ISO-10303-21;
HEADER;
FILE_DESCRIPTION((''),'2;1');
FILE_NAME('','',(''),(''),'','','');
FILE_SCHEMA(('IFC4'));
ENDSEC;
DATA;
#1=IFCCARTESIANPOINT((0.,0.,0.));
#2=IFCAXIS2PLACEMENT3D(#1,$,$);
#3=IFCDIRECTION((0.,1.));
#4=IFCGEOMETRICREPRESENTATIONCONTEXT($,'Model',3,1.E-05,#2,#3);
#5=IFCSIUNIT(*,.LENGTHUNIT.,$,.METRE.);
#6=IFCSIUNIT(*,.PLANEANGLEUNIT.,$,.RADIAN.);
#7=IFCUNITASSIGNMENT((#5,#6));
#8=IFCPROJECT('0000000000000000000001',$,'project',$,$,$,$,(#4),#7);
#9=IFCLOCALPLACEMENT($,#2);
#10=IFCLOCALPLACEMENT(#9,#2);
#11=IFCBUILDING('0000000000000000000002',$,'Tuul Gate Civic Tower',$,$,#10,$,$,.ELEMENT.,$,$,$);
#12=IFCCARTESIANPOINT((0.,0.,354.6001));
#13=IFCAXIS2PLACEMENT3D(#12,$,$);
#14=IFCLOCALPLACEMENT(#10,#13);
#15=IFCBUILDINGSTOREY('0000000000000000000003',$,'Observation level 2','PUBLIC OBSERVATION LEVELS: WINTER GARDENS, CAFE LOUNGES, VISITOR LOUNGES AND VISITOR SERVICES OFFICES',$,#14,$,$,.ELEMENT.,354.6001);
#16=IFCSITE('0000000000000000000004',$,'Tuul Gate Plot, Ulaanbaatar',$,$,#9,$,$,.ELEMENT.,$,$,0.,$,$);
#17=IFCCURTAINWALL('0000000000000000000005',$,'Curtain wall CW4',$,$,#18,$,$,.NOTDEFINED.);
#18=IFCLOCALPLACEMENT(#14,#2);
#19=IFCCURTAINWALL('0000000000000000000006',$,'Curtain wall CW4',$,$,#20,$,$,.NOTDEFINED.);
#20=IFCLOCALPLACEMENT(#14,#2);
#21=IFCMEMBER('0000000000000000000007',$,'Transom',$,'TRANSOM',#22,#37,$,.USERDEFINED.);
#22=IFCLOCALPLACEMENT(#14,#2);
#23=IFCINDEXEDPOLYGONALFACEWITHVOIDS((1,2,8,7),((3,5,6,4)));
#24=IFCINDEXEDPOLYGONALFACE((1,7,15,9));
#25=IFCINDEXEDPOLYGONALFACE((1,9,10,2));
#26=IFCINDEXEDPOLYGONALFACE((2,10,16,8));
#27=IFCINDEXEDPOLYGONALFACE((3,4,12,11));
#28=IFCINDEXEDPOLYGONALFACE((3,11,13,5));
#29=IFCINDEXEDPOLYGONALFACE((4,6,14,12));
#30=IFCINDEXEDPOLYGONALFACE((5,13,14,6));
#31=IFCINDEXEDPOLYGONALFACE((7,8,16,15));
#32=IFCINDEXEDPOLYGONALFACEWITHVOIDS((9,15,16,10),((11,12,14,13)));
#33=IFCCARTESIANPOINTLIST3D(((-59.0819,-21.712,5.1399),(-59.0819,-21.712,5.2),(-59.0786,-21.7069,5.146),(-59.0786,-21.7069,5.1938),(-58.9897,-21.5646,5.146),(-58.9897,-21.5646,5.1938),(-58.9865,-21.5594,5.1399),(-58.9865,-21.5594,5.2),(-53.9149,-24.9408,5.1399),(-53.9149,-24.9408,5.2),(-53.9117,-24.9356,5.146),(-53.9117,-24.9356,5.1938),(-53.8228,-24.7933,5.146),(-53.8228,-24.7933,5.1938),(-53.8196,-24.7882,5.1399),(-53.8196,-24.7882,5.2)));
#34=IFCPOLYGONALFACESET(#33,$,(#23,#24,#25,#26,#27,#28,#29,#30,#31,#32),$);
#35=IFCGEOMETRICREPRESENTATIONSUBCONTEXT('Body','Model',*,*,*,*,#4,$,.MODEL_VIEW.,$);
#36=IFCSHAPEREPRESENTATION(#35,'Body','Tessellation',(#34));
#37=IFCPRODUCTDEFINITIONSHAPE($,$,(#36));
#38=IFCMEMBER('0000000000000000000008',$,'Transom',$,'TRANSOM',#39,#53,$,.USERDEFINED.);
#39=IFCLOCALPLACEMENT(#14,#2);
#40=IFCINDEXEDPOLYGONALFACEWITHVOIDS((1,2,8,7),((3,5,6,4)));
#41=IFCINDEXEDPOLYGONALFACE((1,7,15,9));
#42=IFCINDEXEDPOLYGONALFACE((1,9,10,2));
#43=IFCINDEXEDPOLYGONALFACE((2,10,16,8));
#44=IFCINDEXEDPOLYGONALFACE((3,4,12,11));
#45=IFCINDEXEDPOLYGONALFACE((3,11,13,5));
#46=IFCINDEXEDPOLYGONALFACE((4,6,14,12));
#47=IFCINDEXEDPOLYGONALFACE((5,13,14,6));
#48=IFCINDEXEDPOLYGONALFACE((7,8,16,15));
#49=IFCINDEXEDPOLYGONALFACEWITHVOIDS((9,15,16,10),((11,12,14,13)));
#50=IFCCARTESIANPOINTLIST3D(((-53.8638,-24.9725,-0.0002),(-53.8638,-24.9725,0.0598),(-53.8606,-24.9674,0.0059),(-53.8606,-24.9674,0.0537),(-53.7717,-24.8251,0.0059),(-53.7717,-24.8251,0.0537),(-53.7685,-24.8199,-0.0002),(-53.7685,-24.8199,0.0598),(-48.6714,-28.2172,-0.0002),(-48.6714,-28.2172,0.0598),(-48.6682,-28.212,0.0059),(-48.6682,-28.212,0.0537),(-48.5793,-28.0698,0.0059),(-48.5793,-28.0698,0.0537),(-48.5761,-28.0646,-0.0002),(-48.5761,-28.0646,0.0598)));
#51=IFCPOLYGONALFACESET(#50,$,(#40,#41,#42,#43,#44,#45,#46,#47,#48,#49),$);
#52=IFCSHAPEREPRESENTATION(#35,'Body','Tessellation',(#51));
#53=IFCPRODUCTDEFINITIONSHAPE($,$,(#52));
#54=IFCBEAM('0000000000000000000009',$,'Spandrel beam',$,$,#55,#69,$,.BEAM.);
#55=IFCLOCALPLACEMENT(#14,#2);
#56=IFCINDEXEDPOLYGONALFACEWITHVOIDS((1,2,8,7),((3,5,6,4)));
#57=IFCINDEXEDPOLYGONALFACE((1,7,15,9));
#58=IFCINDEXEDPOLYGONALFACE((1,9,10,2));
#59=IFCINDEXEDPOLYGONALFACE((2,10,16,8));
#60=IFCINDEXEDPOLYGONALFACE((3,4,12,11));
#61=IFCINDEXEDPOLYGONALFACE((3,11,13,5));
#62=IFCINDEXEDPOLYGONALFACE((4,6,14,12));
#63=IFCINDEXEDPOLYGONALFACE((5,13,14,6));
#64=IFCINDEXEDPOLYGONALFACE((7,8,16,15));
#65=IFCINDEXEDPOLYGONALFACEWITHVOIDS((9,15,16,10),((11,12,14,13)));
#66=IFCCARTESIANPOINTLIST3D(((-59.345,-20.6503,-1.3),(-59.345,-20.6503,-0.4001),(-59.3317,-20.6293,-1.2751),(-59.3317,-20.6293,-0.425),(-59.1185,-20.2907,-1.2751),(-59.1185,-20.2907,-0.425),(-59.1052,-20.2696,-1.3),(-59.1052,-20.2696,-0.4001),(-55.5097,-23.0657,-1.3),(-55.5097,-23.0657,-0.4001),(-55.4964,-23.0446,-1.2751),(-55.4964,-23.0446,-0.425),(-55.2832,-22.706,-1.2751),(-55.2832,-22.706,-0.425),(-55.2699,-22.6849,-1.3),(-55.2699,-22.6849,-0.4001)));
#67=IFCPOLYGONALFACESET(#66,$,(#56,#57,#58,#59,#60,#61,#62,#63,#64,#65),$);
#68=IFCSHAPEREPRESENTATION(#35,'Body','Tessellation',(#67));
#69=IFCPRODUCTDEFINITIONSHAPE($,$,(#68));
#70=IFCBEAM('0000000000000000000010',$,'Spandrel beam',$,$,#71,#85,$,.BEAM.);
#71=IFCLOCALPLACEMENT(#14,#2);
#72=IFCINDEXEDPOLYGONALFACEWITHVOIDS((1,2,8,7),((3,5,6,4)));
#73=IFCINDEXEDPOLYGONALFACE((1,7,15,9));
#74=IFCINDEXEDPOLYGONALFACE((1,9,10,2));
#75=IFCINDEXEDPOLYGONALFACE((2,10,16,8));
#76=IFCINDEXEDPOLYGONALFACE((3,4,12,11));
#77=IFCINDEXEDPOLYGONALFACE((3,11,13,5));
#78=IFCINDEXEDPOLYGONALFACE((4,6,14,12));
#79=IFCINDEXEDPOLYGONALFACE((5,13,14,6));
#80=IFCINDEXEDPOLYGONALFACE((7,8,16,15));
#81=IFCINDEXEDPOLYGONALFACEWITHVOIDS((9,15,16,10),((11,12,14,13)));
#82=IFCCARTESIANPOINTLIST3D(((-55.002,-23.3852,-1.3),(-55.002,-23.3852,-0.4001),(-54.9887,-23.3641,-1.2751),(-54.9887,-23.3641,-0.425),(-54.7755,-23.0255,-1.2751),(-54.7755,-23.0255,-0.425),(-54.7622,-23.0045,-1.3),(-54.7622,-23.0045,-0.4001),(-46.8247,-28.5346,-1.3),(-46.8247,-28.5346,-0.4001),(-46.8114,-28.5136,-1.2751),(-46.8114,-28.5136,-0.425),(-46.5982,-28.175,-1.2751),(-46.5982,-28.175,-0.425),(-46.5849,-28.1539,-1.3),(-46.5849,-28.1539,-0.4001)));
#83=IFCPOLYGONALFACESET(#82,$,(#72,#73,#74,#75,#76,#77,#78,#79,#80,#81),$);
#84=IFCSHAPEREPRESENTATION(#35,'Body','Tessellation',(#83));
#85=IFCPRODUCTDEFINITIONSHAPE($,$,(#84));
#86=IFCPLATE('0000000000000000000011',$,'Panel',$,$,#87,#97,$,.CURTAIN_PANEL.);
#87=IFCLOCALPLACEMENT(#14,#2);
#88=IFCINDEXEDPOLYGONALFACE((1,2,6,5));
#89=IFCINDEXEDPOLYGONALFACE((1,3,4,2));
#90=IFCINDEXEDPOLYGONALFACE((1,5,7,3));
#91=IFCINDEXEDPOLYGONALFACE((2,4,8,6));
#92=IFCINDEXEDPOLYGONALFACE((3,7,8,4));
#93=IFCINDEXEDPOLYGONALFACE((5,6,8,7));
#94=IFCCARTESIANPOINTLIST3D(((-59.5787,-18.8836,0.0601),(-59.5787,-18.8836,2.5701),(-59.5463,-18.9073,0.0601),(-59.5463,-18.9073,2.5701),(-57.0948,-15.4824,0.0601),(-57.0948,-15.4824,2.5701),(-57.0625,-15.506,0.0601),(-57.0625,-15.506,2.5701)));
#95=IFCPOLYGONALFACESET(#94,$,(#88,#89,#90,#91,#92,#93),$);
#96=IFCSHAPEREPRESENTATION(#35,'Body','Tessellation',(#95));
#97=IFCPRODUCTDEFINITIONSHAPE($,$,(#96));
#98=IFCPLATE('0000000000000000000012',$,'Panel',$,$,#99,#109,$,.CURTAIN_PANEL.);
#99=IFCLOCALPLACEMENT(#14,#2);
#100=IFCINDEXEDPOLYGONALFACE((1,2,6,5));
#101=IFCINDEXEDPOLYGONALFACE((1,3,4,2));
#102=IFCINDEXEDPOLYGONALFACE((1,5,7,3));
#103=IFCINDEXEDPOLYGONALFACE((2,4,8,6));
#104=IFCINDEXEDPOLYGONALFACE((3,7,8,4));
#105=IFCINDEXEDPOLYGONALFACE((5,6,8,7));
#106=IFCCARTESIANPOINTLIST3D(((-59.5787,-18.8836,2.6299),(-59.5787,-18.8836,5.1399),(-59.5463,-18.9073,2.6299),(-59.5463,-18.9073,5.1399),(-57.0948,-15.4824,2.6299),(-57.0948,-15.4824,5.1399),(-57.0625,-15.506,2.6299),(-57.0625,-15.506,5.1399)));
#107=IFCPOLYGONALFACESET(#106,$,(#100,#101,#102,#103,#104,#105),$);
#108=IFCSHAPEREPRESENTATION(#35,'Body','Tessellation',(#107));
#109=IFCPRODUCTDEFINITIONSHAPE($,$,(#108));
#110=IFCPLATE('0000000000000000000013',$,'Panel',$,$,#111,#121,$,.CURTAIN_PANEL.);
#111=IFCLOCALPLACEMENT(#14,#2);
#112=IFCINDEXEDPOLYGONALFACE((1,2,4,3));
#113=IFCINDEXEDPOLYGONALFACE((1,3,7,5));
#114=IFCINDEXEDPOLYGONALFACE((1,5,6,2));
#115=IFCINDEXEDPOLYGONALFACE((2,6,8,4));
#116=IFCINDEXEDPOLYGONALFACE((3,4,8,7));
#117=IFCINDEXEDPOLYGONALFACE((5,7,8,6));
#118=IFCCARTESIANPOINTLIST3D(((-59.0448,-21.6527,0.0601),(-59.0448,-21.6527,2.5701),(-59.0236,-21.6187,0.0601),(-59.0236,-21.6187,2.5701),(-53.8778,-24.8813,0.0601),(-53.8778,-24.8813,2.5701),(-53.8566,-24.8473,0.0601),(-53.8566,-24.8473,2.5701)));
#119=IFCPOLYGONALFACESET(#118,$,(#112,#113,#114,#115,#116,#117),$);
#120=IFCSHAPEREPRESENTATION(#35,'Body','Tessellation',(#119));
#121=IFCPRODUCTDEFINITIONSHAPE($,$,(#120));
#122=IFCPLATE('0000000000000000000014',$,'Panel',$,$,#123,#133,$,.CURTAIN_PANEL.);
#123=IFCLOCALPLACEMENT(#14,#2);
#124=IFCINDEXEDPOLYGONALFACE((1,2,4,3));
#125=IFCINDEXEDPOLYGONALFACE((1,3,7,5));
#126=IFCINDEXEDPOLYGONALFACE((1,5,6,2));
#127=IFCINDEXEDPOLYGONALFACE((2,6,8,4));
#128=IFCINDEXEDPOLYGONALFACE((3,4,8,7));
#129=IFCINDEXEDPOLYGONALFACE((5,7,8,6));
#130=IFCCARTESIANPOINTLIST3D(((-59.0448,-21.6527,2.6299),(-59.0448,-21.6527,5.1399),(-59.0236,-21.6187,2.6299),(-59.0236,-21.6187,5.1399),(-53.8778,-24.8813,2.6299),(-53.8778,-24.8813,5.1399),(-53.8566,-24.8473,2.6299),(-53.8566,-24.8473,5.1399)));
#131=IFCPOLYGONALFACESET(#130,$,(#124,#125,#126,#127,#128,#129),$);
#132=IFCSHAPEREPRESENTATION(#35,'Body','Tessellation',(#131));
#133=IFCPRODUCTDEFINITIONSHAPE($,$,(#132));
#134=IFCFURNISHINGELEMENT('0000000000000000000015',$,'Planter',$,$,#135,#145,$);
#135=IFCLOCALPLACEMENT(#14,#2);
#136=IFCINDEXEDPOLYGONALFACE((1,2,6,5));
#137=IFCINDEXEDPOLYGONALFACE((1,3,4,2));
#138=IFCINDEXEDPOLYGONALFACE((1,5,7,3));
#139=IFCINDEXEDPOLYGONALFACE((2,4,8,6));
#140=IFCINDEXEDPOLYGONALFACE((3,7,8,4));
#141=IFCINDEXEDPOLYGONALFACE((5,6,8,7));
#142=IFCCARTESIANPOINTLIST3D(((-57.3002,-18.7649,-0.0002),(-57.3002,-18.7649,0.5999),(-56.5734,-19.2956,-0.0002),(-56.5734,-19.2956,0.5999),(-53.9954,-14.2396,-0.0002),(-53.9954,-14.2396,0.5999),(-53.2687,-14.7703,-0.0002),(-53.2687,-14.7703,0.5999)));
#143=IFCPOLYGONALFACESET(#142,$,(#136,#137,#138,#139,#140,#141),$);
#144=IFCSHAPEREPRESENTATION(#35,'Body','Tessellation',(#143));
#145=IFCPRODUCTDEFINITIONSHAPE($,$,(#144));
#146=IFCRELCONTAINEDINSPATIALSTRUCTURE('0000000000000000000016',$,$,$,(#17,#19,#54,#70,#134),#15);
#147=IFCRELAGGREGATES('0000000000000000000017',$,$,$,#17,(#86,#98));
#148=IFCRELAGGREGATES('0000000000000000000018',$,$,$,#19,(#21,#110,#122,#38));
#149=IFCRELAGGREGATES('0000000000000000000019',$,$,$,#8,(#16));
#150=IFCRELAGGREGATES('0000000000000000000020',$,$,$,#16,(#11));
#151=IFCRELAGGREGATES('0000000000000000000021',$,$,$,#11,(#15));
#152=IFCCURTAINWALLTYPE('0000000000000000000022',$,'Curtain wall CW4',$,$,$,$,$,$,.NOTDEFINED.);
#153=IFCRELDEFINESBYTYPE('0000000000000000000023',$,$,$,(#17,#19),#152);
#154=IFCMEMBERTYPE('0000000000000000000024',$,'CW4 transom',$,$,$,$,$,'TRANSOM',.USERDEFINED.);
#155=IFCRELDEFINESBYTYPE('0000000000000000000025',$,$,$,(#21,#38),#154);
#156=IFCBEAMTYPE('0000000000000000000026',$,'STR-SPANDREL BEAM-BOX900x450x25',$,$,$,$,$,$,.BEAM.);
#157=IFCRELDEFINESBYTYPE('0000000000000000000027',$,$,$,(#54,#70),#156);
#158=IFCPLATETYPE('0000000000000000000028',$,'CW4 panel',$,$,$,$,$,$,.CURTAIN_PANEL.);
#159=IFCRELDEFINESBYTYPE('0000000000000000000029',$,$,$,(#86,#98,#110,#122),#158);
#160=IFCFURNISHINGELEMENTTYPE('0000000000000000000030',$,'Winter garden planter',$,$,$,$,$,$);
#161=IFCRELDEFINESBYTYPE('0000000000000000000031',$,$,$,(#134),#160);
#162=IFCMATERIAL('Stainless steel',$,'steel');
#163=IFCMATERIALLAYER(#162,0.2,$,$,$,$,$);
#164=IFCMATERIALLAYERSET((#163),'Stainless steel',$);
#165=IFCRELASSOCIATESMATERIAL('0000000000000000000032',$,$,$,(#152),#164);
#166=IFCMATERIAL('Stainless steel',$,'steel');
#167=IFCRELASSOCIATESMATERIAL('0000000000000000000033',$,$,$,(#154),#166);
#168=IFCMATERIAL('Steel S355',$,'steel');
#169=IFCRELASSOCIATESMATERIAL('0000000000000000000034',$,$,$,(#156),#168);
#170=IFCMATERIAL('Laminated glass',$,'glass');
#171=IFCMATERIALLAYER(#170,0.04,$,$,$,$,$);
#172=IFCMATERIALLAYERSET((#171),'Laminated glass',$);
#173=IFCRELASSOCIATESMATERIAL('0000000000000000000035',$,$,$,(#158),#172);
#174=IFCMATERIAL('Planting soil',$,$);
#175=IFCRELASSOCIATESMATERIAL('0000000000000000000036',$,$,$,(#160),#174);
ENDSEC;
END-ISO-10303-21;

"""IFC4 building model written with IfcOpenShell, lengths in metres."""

from ifc_helpers import new_model, si_unit, direction, frame, origin, origin_2d, place, context, subcontext, project, spatial, rectangle, hollow_rectangle, extrude, material, layer, layer_set, material_profile, profile_set, type_object, element, aggregate, save


model = new_model("IFC4")

# Units and contexts
model_context = context("Model", 3, precision=1e-05, world=origin(), true_north=direction((0.0, 1.0)))
body_context = subcontext(model_context, "Body", "Model", "MODEL_VIEW")
ifc_project = project(units=[si_unit("LENGTHUNIT", "METRE"), si_unit("PLANEANGLEUNIT", "RADIAN")], contexts=[model_context])

# Site, building, storey
site_placement = place(None, origin())
site = spatial("IfcSite", under=ifc_project, at=site_placement, Name="Tuul Gate Plot, Ulaanbaatar", CompositionType="ELEMENT", RefElevation=0.0)
building_placement = place(site_placement, origin())
building = spatial("IfcBuilding", under=site, at=building_placement, Name="Tuul Gate Civic Tower", CompositionType="ELEMENT")
storey_placement = place(building_placement, frame((0.0, 0.0, 354.6001)))
storey = spatial("IfcBuildingStorey", under=building, at=storey_placement, Name="Observation level 2", Description="PUBLIC OBSERVATION LEVELS: WINTER GARDENS, CAFE LOUNGES, VISITOR LOUNGES AND VISITOR SERVICES OFFICES", CompositionType="ELEMENT", Elevation=354.6001)

# Curtain walls
ifc_material_1 = material(Name="Stainless steel", Category="steel")
ifc_layer_1 = layer(ifc_material_1, 0.2)
ifc_layer_set_1 = layer_set([ifc_layer_1], Name="Stainless steel")
curtain_wall_type = type_object("IfcCurtainWallType", Name="Curtain wall CW4", PredefinedType="NOTDEFINED", material=ifc_layer_set_1)
curtain_wall_1_placement = place(storey_placement, origin())
curtain_wall_1 = element("IfcCurtainWall", 1, at=curtain_wall_1_placement, inside=storey, type_object=curtain_wall_type, Name="Curtain wall CW4", PredefinedType="NOTDEFINED")
curtain_wall_2_placement = place(storey_placement, origin())
curtain_wall_2 = element("IfcCurtainWall", 2, at=curtain_wall_2_placement, inside=storey, type_object=curtain_wall_type, Name="Curtain wall CW4", PredefinedType="NOTDEFINED")

# Members
ifc_material_2 = material(Name="Stainless steel", Category="steel")
ifc_material_profile_1 = material_profile(ifc_material_2, hollow_rectangle(XDim=0.1799, YDim=0.0601, WallThickness=0.0061, at=origin_2d()), Name="CW4 transom")
ifc_profile_set_1 = profile_set([ifc_material_profile_1], Name="Stainless steel")
member_type_1 = type_object("IfcMemberType", Name="CW4 transom", ElementType="TRANSOM", PredefinedType="USERDEFINED", material=ifc_profile_set_1)
member_1_placement = place(storey_placement, frame((-59.0342, -21.6357, 5.1699), z_axis=(0.848043, -0.529927, 0.0), x_axis=(0.529927, 0.848043, 0.0)))
member_1 = element("IfcMember", 3, at=member_1_placement, type_object=member_type_1, Name="Transom", ObjectType="TRANSOM", PredefinedType="USERDEFINED", context=body_context, shape_type="SweptSolid", body=[
    extrude(hollow_rectangle(XDim=0.1799, YDim=0.0601, WallThickness=0.0061, at=origin_2d()), origin(), (0.0, 0.0, 1.0), 6.0928),
])
member_2_placement = place(storey_placement, frame((-53.8162, -24.8962, 0.0298), z_axis=(0.848043, -0.529927, 0.0), x_axis=(0.529927, 0.848043, 0.0)))
member_2 = element("IfcMember", 4, at=member_2_placement, type_object=member_type_1, Name="Transom", ObjectType="TRANSOM", PredefinedType="USERDEFINED", context=body_context, shape_type="SweptSolid", body=[
    extrude(hollow_rectangle(XDim=0.1799, YDim=0.0601, WallThickness=0.0061, at=origin_2d()), origin(), (0.0, 0.0, 1.0), 6.1228),
])

# Beams
ifc_material_3 = material(Name="Steel S355", Category="steel")
ifc_material_profile_2 = material_profile(ifc_material_3, hollow_rectangle(XDim=0.45, YDim=0.8999, WallThickness=0.0249, at=origin_2d()), Name="BOX900x450x25")
ifc_profile_set_2 = profile_set([ifc_material_profile_2], Name="Steel S355")
beam_type = type_object("IfcBeamType", Name="STR-SPANDREL BEAM-BOX900x450x25", PredefinedType="BEAM", material=ifc_profile_set_2)
beam_1_placement = place(storey_placement, frame((-59.2251, -20.46, -0.8501), z_axis=(0.846181, -0.532896, 0.0), x_axis=(0.532896, 0.846181, 0.0)))
element("IfcBeam", 5, at=beam_1_placement, inside=storey, type_object=beam_type, Name="Spandrel beam", PredefinedType="BEAM", context=body_context, shape_type="SweptSolid", body=[
    extrude(hollow_rectangle(XDim=0.45, YDim=0.8999, WallThickness=0.0249, at=origin_2d()), origin(), (0.0, 0.0, 1.0), 4.5325),
])
beam_2_placement = place(storey_placement, frame((-54.8821, -23.1948, -0.8501), z_axis=(0.846197, -0.532871, 0.0), x_axis=(0.532871, 0.846197, 0.0)))
element("IfcBeam", 6, at=beam_2_placement, inside=storey, type_object=beam_type, Name="Spandrel beam", PredefinedType="BEAM", context=body_context, shape_type="SweptSolid", body=[
    extrude(hollow_rectangle(XDim=0.45, YDim=0.8999, WallThickness=0.0249, at=origin_2d()), origin(), (0.0, 0.0, 1.0), 9.6636),
])

# Plates
ifc_material_4 = material(Name="Laminated glass", Category="glass")
ifc_layer_2 = layer(ifc_material_4, 0.04)
ifc_layer_set_2 = layer_set([ifc_layer_2], Name="Laminated glass")
plate_type = type_object("IfcPlateType", Name="CW4 panel", PredefinedType="CURTAIN_PANEL", material=ifc_layer_set_2)
plate_1_placement = place(storey_placement, frame((-58.3206, -17.1948, 0.0601), z_axis=(0.0, 0.0, 1.0), x_axis=(-0.58976, -0.807578, 0.0)))
plate_1 = element("IfcPlate", 7, at=plate_1_placement, type_object=plate_type, Name="Panel", PredefinedType="CURTAIN_PANEL", context=body_context, shape_type="SweptSolid", body=[
    extrude(rectangle(XDim=4.2117, YDim=0.04, at=origin_2d()), origin(), (0.0, 0.0, 1.0), 2.51),
])
plate_2_placement = place(storey_placement, frame((-58.3206, -17.1948, 2.6299), z_axis=(0.0, 0.0, 1.0), x_axis=(-0.58976, -0.807578, 0.0)))
plate_2 = element("IfcPlate", 8, at=plate_2_placement, type_object=plate_type, Name="Panel", PredefinedType="CURTAIN_PANEL", context=body_context, shape_type="SweptSolid", body=[
    extrude(rectangle(XDim=4.2117, YDim=0.04, at=origin_2d()), origin(), (0.0, 0.0, 1.0), 2.51),
])
aggregate(curtain_wall_1, [plate_1, plate_2])
plate_3_placement = place(storey_placement, frame((-56.4507, -23.25, 0.0601), z_axis=(0.0, 0.0, 1.0), x_axis=(0.848053, -0.529912, 0.0)))
plate_3 = element("IfcPlate", 9, at=plate_3_placement, type_object=plate_type, Name="Panel", PredefinedType="CURTAIN_PANEL", context=body_context, shape_type="SweptSolid", body=[
    extrude(rectangle(XDim=6.0928, YDim=0.04, at=origin_2d()), origin(), (0.0, 0.0, 1.0), 2.51),
])
plate_4_placement = place(storey_placement, frame((-56.4507, -23.25, 2.6299), z_axis=(0.0, 0.0, 1.0), x_axis=(0.848053, -0.529912, 0.0)))
plate_4 = element("IfcPlate", 10, at=plate_4_placement, type_object=plate_type, Name="Panel", PredefinedType="CURTAIN_PANEL", context=body_context, shape_type="SweptSolid", body=[
    extrude(rectangle(XDim=6.0928, YDim=0.04, at=origin_2d()), origin(), (0.0, 0.0, 1.0), 2.51),
])
aggregate(curtain_wall_2, [member_1, plate_3, plate_4, member_2])

# Furnishing element
ifc_material_5 = material(Name="Planting soil")
furnishing_element_type = type_object("IfcFurnishingElementType", Name="Winter garden planter", material=ifc_material_5)
furnishing_placement = place(storey_placement, frame((-55.2844, -16.7676, -0.0002), z_axis=(0.0, 0.0, 1.0), x_axis=(-0.58976, -0.807578, 0.0)))
element("IfcFurnishingElement", 11, at=furnishing_placement, inside=storey, type_object=furnishing_element_type, Name="Planter", context=body_context, shape_type="SweptSolid", body=[
    extrude(rectangle(XDim=5.6035, YDim=0.8999, at=origin_2d()), origin(), (0.0, 0.0, 1.0), 0.6001),
])

save(model, "model.ifc")
